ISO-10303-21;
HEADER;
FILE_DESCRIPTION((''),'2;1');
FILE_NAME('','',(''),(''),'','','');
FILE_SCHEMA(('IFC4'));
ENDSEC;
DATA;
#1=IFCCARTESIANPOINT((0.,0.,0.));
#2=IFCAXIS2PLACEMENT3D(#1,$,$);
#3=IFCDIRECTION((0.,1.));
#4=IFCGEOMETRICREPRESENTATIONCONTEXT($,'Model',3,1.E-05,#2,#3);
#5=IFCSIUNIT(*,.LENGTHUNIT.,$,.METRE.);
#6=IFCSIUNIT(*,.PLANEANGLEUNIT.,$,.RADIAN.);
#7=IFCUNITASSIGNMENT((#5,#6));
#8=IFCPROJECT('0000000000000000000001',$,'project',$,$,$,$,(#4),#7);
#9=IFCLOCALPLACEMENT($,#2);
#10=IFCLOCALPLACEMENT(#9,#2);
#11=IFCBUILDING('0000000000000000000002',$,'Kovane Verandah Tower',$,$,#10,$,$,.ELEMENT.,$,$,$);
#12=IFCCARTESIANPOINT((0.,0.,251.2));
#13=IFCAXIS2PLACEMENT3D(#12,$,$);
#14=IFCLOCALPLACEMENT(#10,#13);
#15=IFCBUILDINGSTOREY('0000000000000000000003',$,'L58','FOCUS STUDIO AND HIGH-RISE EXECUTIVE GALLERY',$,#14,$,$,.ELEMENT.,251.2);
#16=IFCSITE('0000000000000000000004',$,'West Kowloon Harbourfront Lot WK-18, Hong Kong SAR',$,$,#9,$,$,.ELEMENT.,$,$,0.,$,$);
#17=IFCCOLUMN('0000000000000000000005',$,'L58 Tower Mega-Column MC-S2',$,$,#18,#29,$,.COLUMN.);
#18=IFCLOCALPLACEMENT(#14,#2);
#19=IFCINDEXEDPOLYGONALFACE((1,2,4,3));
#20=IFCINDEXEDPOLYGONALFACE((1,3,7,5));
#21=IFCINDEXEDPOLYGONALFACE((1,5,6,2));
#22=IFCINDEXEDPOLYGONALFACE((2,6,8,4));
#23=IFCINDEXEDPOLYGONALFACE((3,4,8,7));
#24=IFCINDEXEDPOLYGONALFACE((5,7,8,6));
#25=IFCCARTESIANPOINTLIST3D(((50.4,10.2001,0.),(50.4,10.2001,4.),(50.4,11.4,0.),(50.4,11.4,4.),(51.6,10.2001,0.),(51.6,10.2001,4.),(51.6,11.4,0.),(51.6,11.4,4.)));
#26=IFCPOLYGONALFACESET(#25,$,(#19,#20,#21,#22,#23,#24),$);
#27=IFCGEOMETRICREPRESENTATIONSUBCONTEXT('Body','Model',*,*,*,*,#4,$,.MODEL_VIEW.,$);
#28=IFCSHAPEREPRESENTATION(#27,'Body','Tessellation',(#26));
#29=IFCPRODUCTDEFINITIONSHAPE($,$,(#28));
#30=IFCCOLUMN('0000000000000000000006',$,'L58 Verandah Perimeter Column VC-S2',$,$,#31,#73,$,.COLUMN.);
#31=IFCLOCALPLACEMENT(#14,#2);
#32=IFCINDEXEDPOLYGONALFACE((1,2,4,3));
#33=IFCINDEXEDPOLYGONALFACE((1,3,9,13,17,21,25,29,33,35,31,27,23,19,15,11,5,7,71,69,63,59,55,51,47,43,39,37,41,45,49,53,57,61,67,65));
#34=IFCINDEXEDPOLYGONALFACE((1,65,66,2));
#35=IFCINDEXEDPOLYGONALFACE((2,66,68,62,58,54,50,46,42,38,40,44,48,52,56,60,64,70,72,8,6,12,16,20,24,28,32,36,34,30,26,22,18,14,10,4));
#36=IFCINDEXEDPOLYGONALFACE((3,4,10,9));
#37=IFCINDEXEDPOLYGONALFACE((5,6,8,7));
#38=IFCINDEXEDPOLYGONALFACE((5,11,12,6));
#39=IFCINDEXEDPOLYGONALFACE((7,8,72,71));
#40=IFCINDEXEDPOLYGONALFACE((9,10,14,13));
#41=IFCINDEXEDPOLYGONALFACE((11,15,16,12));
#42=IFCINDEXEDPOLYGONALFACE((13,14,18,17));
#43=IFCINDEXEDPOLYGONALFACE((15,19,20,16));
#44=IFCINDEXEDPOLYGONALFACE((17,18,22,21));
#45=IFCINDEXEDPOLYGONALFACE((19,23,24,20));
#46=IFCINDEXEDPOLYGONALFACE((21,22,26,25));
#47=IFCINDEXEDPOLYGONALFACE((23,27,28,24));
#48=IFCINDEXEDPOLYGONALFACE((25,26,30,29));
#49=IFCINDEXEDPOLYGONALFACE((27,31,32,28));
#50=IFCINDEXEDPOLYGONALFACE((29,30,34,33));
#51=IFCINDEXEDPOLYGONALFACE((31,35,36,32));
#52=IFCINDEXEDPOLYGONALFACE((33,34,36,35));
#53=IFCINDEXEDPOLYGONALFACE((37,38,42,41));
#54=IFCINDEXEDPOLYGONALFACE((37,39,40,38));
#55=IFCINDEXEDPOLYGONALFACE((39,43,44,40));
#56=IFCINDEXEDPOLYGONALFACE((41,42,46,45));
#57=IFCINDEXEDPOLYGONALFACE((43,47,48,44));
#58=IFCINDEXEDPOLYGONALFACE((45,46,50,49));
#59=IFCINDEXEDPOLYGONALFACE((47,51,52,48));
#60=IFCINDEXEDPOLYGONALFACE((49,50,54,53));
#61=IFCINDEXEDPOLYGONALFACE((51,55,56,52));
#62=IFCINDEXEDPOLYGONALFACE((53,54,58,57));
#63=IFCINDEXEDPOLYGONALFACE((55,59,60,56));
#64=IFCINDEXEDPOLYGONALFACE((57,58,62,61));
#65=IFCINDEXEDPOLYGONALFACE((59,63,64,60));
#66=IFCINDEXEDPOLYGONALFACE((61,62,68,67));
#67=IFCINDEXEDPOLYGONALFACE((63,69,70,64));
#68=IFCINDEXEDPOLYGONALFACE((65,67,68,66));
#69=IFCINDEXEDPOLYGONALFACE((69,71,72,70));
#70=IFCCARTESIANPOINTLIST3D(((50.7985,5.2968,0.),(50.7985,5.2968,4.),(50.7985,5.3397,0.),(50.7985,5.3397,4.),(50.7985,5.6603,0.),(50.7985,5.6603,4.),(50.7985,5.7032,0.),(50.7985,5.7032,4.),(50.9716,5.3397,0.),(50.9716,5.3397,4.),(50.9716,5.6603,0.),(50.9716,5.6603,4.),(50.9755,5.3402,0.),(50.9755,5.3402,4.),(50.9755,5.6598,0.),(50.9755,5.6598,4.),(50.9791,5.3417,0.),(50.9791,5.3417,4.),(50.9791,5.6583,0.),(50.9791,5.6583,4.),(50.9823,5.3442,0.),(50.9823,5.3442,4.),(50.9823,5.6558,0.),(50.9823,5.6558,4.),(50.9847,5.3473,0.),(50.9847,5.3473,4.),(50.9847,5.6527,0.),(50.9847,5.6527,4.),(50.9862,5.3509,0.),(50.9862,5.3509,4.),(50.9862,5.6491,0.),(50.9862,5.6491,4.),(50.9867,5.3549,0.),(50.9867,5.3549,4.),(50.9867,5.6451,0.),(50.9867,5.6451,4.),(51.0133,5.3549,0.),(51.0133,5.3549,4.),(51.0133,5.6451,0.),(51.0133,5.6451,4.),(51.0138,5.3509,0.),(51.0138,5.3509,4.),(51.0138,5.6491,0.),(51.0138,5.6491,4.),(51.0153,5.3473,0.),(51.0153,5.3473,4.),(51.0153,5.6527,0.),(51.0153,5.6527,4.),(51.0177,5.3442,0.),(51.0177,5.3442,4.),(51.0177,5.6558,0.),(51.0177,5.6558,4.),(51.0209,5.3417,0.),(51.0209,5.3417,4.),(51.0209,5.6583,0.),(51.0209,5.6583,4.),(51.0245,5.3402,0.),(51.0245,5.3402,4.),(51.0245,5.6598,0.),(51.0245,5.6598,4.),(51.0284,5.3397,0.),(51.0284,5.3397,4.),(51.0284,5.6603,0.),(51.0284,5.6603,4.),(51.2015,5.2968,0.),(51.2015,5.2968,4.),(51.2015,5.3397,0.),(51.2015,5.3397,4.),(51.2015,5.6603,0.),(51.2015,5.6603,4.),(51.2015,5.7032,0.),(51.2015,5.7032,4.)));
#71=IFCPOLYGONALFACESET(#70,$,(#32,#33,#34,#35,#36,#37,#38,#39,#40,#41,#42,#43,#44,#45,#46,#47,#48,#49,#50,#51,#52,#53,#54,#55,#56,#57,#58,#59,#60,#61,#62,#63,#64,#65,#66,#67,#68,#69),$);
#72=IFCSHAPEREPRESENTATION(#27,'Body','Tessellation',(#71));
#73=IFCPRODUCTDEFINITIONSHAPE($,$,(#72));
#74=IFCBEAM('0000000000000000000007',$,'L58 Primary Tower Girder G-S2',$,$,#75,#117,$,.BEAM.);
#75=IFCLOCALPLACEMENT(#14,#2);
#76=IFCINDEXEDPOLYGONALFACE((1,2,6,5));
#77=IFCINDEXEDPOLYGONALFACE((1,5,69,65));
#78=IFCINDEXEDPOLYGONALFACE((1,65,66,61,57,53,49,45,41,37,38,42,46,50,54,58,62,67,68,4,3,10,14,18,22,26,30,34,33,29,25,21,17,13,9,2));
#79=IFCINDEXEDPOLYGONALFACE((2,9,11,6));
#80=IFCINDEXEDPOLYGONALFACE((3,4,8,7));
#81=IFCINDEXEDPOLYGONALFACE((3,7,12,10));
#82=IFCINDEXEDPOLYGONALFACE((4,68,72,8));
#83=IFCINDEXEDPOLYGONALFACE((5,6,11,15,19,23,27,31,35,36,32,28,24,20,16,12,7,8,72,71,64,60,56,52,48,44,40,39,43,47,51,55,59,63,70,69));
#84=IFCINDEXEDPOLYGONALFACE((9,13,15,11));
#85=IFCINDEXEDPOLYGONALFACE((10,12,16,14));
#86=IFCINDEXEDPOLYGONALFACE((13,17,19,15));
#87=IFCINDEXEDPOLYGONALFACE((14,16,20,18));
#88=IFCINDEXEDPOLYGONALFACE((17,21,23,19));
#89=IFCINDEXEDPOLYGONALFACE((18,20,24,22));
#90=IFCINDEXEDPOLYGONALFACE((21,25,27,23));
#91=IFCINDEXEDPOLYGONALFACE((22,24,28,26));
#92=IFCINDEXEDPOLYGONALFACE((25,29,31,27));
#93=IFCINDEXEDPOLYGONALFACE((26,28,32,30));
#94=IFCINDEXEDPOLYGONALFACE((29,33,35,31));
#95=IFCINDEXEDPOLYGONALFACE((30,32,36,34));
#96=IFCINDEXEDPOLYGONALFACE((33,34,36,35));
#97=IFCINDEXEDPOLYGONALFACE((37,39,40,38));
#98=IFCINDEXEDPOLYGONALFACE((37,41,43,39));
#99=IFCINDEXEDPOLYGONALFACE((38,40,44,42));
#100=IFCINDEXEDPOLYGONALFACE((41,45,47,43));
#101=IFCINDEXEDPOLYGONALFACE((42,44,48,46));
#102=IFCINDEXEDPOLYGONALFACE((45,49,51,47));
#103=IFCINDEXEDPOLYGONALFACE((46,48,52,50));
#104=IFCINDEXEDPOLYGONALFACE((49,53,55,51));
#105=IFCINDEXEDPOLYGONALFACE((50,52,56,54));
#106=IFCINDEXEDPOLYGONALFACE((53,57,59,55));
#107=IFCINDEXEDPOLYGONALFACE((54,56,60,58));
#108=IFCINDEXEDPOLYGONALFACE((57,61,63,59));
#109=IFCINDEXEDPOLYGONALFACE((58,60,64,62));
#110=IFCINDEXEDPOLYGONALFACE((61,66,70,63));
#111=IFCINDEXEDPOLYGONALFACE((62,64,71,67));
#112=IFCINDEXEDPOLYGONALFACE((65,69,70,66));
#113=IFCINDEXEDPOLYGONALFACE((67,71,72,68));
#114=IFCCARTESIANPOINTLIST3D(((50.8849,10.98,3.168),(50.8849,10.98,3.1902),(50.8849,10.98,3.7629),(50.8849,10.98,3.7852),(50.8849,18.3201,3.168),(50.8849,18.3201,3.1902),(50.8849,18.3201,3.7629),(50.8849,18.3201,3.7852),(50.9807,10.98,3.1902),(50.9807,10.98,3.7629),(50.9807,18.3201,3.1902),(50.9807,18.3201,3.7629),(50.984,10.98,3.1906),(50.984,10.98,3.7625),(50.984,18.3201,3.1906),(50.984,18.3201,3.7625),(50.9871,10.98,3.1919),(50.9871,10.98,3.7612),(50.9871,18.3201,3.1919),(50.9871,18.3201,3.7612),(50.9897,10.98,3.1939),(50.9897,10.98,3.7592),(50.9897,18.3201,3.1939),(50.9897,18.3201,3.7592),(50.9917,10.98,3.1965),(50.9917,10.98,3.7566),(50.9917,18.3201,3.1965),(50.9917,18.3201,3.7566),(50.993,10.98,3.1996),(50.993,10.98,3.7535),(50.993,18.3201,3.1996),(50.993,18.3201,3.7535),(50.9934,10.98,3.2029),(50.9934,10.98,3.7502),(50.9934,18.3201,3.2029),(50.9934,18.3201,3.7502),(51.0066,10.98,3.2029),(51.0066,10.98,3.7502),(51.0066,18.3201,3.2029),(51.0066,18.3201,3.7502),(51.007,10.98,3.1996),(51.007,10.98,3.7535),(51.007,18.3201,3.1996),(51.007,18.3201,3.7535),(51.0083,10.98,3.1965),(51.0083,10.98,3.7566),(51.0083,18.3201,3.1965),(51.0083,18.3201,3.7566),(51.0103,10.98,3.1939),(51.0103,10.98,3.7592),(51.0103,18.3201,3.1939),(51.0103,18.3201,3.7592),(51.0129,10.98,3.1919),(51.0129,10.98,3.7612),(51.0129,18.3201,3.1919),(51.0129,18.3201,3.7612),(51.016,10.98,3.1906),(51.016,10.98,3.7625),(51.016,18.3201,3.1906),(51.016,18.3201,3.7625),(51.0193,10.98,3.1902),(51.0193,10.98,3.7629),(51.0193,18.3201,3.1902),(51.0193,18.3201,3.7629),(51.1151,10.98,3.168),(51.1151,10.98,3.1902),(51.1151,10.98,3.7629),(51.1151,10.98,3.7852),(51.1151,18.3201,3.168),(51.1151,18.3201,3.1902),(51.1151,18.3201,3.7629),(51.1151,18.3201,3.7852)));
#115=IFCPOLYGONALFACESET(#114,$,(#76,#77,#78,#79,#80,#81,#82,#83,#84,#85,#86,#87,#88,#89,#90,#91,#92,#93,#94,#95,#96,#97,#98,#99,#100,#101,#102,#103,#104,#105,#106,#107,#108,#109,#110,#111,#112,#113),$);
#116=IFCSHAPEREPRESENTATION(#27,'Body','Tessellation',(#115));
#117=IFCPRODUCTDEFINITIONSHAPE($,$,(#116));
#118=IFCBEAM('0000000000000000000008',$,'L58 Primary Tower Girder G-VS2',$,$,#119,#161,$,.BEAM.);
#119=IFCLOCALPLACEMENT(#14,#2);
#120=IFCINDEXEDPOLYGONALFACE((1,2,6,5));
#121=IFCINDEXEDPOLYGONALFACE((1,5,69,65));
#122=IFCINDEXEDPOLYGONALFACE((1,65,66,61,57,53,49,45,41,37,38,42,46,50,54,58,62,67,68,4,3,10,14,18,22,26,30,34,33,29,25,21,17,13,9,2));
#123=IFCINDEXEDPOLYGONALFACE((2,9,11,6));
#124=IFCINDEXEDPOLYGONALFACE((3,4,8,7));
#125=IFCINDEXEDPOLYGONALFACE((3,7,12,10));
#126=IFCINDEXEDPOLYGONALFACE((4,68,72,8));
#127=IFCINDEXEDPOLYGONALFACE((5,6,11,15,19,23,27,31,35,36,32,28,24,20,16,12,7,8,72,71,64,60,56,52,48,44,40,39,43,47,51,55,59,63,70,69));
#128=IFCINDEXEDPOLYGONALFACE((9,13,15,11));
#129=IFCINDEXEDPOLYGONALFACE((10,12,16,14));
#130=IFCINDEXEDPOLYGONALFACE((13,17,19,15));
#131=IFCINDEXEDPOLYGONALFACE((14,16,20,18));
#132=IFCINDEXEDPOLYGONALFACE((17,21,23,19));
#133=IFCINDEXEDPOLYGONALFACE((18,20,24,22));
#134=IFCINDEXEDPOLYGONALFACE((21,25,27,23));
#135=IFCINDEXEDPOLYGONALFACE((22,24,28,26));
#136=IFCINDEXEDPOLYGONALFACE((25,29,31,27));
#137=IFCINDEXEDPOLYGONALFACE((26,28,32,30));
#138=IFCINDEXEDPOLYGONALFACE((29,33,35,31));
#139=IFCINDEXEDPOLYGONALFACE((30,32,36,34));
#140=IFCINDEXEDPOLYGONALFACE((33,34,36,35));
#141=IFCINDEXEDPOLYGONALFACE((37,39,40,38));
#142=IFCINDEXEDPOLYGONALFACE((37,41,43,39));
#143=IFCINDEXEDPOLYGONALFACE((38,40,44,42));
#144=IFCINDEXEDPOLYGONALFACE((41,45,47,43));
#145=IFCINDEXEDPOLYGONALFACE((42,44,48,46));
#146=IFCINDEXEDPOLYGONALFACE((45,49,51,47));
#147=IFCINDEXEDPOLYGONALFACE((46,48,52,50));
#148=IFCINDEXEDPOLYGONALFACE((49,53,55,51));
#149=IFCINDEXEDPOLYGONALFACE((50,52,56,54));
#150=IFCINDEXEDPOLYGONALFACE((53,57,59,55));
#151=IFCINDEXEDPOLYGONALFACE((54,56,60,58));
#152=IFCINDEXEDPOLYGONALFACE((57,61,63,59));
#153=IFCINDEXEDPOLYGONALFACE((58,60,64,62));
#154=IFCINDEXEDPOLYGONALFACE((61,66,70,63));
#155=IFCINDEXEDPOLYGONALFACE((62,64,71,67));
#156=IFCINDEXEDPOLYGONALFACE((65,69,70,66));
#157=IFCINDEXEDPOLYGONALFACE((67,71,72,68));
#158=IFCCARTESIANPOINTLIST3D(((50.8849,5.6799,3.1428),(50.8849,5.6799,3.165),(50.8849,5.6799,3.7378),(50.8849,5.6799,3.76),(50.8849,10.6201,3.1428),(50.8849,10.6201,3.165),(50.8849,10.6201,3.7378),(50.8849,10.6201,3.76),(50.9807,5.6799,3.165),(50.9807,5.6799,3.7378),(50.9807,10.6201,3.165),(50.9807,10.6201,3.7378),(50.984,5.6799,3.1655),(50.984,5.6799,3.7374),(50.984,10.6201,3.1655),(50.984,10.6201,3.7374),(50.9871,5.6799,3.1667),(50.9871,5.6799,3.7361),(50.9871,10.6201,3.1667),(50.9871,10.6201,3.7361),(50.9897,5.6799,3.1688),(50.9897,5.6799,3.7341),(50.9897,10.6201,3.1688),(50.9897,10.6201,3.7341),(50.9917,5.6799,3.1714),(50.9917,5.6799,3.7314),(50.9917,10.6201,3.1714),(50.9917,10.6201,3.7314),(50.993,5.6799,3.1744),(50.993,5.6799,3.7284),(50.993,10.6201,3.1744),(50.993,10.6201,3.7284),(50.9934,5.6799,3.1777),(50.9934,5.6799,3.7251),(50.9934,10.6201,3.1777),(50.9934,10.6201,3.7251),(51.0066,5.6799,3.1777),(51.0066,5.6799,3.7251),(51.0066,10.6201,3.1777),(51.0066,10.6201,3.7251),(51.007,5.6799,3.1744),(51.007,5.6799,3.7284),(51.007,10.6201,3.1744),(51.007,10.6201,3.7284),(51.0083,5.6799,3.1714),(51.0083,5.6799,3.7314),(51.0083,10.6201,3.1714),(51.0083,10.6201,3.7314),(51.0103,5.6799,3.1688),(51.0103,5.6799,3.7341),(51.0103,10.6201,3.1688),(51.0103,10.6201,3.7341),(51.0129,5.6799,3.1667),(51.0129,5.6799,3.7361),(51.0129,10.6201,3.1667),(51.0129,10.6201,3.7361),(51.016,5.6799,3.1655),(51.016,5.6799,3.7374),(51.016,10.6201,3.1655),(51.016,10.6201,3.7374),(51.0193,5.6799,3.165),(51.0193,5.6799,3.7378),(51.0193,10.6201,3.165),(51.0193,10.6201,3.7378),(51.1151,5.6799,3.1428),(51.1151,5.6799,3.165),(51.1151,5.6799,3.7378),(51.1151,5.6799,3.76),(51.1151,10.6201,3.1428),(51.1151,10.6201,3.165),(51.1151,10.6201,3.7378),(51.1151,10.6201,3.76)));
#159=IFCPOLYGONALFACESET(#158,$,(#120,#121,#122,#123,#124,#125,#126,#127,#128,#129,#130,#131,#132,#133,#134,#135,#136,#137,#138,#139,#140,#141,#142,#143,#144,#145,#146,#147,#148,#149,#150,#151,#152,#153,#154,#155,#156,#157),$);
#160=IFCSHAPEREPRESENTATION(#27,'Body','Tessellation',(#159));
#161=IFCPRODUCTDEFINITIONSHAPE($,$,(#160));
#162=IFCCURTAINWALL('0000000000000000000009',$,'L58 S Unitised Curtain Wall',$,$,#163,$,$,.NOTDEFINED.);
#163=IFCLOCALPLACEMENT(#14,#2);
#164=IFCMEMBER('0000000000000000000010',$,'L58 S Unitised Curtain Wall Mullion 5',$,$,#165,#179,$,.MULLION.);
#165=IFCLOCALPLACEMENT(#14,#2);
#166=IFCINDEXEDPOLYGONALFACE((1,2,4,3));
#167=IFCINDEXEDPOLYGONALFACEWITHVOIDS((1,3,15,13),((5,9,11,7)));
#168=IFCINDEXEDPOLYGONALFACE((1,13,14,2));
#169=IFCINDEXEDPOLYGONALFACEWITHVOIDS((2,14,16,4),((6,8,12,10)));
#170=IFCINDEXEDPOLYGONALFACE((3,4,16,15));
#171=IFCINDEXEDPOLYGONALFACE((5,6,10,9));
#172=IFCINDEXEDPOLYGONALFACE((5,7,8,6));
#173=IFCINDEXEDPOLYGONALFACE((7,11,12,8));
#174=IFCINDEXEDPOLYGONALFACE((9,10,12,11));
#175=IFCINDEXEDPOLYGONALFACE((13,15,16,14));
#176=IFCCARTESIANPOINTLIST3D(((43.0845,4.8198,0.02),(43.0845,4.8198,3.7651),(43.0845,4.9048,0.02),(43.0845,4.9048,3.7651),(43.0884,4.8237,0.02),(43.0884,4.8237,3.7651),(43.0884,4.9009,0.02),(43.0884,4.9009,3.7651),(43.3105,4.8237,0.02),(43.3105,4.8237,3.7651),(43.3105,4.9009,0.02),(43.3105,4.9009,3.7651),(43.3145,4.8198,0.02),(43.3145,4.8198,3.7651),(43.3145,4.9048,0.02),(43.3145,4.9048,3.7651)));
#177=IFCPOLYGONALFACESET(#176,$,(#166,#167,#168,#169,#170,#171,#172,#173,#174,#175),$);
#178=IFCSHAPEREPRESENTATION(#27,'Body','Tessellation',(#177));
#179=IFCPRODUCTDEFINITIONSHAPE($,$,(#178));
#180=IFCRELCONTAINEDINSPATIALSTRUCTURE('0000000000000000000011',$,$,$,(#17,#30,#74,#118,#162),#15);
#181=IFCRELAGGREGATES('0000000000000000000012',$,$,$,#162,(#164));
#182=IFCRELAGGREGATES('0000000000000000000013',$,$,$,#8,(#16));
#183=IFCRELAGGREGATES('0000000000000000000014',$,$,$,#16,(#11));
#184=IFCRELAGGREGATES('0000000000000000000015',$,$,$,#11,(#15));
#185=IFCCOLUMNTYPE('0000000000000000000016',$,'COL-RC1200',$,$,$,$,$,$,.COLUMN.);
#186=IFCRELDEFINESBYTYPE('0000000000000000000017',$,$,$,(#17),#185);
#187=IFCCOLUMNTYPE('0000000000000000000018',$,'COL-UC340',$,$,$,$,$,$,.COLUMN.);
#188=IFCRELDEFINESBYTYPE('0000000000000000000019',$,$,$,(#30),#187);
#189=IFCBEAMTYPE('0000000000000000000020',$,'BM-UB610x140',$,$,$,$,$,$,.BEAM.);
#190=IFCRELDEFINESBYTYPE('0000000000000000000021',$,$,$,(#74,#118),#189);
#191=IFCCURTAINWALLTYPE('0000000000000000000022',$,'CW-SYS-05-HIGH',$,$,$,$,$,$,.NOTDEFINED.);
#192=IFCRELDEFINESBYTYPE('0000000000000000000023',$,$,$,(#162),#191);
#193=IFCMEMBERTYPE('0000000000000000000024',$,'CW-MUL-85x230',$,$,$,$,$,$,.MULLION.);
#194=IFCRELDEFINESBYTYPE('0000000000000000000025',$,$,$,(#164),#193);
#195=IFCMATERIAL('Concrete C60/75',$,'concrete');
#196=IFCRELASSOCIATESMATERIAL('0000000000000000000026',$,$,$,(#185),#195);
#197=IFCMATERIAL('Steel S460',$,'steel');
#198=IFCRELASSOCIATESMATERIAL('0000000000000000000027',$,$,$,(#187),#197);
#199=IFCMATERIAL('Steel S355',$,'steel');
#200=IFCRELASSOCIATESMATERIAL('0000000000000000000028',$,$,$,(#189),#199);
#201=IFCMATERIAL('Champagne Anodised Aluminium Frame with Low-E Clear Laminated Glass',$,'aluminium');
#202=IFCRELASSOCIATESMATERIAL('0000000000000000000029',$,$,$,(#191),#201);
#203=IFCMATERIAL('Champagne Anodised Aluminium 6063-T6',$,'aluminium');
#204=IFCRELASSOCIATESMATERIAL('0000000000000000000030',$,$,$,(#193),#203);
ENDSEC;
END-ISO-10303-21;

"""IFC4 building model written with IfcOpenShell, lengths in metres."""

from ifc_helpers import new_model, si_unit, direction, frame, origin, origin_2d, place, context, subcontext, project, spatial, rectangle, hollow_rectangle, i_section, extrude, material, material_profile, profile_set, type_object, element, aggregate, save


model = new_model("IFC4")

# Units and contexts
model_context = context("Model", 3, precision=1e-05, world=origin(), true_north=direction((0.0, 1.0)))
body_context = subcontext(model_context, "Body", "Model", "MODEL_VIEW")
ifc_project = project(units=[si_unit("LENGTHUNIT", "METRE"), si_unit("PLANEANGLEUNIT", "RADIAN")], contexts=[model_context])

# Site, building, storey
site_placement = place(None, origin())
site = spatial("IfcSite", under=ifc_project, at=site_placement, Name="West Kowloon Harbourfront Lot WK-18, Hong Kong SAR", CompositionType="ELEMENT", RefElevation=0.0)
building_placement = place(site_placement, origin())
building = spatial("IfcBuilding", under=site, at=building_placement, Name="Kovane Verandah Tower", CompositionType="ELEMENT")
storey_placement = place(building_placement, frame((0.0, 0.0, 251.2)))
storey = spatial("IfcBuildingStorey", under=building, at=storey_placement, Name="L58", Description="FOCUS STUDIO AND HIGH-RISE EXECUTIVE GALLERY", CompositionType="ELEMENT", Elevation=251.2)

# Columns
ifc_material_1 = material(Name="Concrete C60/75", Category="concrete")
ifc_material_profile_1 = material_profile(ifc_material_1, rectangle(XDim=1.2, YDim=1.2, at=origin_2d()), Name="RC1200x1200")
ifc_profile_set_1 = profile_set([ifc_material_profile_1], Name="Concrete C60/75")
column_type_1 = type_object("IfcColumnType", Name="COL-RC1200", PredefinedType="COLUMN", material=ifc_profile_set_1)
column_1_placement = place(storey_placement, frame((51.0, 10.8, 0.0), z_axis=(0.0, 0.0, 1.0), x_axis=(1.0, 0.0, 0.0)))
element("IfcColumn", 1, at=column_1_placement, inside=storey, type_object=column_type_1, Name="L58 Tower Mega-Column MC-S2", PredefinedType="COLUMN", context=body_context, shape_type="SweptSolid", body=[
    extrude(rectangle(XDim=1.2, YDim=1.2, at=origin_2d()), origin(), (0.0, 0.0, 1.0), 4.0),
])
ifc_material_2 = material(Name="Steel S460", Category="steel")
ifc_material_profile_2 = material_profile(ifc_material_2, i_section(OverallWidth=0.4031, OverallDepth=0.4065, WebThickness=0.0266, FlangeThickness=0.043, FilletRadius=0.0151, at=origin_2d()), Name="UC356x406x340")
ifc_profile_set_2 = profile_set([ifc_material_profile_2], Name="Steel S460")
column_type_2 = type_object("IfcColumnType", Name="COL-UC340", PredefinedType="COLUMN", material=ifc_profile_set_2)
column_2_placement = place(storey_placement, frame((51.0, 5.5, 0.0), z_axis=(0.0, 0.0, 1.0), x_axis=(1.0, 0.0, 0.0)))
element("IfcColumn", 2, at=column_2_placement, inside=storey, type_object=column_type_2, Name="L58 Verandah Perimeter Column VC-S2", PredefinedType="COLUMN", context=body_context, shape_type="SweptSolid", body=[
    extrude(i_section(OverallWidth=0.4031, OverallDepth=0.4065, WebThickness=0.0266, FlangeThickness=0.043, FilletRadius=0.0151, at=origin_2d()), origin(), (0.0, 0.0, 1.0), 4.0),
])

# Beams
ifc_material_3 = material(Name="Steel S355", Category="steel")
ifc_material_profile_3 = material_profile(ifc_material_3, i_section(OverallWidth=0.2302, OverallDepth=0.6172, WebThickness=0.0132, FlangeThickness=0.0222, FilletRadius=0.0127, at=origin_2d()), Name="UB610x229x140")
ifc_profile_set_3 = profile_set([ifc_material_profile_3], Name="Steel S355")
beam_type = type_object("IfcBeamType", Name="BM-UB610x140", PredefinedType="BEAM", material=ifc_profile_set_3)
beam_1_placement = place(storey_placement, frame((51.0, 18.3201, 3.4766), z_axis=(0.0, -1.0, 0.0), x_axis=(1.0, 0.0, 0.0)))
element("IfcBeam", 3, at=beam_1_placement, inside=storey, type_object=beam_type, Name="L58 Primary Tower Girder G-S2", PredefinedType="BEAM", context=body_context, shape_type="SweptSolid", body=[
    extrude(i_section(OverallWidth=0.2302, OverallDepth=0.6172, WebThickness=0.0132, FlangeThickness=0.0222, FilletRadius=0.0127, at=origin_2d()), origin(), (0.0, 0.0, 1.0), 7.3401),
])
beam_2_placement = place(storey_placement, frame((51.0, 10.6201, 3.4514), z_axis=(0.0, -1.0, 0.0), x_axis=(1.0, 0.0, 0.0)))
element("IfcBeam", 4, at=beam_2_placement, inside=storey, type_object=beam_type, Name="L58 Primary Tower Girder G-VS2", PredefinedType="BEAM", context=body_context, shape_type="SweptSolid", body=[
    extrude(i_section(OverallWidth=0.2302, OverallDepth=0.6172, WebThickness=0.0132, FlangeThickness=0.0222, FilletRadius=0.0127, at=origin_2d()), origin(), (0.0, 0.0, 1.0), 4.9402),
])

# Curtain wall, member
ifc_material_4 = material(Name="Champagne Anodised Aluminium Frame with Low-E Clear Laminated Glass", Category="aluminium")
curtain_wall_type = type_object("IfcCurtainWallType", Name="CW-SYS-05-HIGH", PredefinedType="NOTDEFINED", material=ifc_material_4)
curtain_wall_placement = place(storey_placement, origin())
curtain_wall = element("IfcCurtainWall", 5, at=curtain_wall_placement, inside=storey, type_object=curtain_wall_type, Name="L58 S Unitised Curtain Wall", PredefinedType="NOTDEFINED")
ifc_material_5 = material(Name="Champagne Anodised Aluminium 6063-T6", Category="aluminium")
ifc_material_profile_4 = material_profile(ifc_material_5, hollow_rectangle(XDim=0.085, YDim=0.23, WallThickness=0.0039, at=origin_2d()), Name="AL85x230x4")
ifc_profile_set_4 = profile_set([ifc_material_profile_4], Name="Champagne Anodised Aluminium 6063-T6")
member_type_1 = type_object("IfcMemberType", Name="CW-MUL-85x230", PredefinedType="MULLION", material=ifc_profile_set_4)
member_1_placement = place(storey_placement, frame((43.1995, 4.8623, 0.02), z_axis=(0.0, 0.0, 1.0), x_axis=(0.0, -1.0, 0.0)))
member_1 = element("IfcMember", 6, at=member_1_placement, type_object=member_type_1, Name="L58 S Unitised Curtain Wall Mullion 5", PredefinedType="MULLION", context=body_context, shape_type="SweptSolid", body=[
    extrude(hollow_rectangle(XDim=0.085, YDim=0.23, WallThickness=0.0039, at=origin_2d()), origin(), (0.0, 0.0, 1.0), 3.7451),
])
aggregate(curtain_wall, [member_1])

save(model, "model.ifc")
